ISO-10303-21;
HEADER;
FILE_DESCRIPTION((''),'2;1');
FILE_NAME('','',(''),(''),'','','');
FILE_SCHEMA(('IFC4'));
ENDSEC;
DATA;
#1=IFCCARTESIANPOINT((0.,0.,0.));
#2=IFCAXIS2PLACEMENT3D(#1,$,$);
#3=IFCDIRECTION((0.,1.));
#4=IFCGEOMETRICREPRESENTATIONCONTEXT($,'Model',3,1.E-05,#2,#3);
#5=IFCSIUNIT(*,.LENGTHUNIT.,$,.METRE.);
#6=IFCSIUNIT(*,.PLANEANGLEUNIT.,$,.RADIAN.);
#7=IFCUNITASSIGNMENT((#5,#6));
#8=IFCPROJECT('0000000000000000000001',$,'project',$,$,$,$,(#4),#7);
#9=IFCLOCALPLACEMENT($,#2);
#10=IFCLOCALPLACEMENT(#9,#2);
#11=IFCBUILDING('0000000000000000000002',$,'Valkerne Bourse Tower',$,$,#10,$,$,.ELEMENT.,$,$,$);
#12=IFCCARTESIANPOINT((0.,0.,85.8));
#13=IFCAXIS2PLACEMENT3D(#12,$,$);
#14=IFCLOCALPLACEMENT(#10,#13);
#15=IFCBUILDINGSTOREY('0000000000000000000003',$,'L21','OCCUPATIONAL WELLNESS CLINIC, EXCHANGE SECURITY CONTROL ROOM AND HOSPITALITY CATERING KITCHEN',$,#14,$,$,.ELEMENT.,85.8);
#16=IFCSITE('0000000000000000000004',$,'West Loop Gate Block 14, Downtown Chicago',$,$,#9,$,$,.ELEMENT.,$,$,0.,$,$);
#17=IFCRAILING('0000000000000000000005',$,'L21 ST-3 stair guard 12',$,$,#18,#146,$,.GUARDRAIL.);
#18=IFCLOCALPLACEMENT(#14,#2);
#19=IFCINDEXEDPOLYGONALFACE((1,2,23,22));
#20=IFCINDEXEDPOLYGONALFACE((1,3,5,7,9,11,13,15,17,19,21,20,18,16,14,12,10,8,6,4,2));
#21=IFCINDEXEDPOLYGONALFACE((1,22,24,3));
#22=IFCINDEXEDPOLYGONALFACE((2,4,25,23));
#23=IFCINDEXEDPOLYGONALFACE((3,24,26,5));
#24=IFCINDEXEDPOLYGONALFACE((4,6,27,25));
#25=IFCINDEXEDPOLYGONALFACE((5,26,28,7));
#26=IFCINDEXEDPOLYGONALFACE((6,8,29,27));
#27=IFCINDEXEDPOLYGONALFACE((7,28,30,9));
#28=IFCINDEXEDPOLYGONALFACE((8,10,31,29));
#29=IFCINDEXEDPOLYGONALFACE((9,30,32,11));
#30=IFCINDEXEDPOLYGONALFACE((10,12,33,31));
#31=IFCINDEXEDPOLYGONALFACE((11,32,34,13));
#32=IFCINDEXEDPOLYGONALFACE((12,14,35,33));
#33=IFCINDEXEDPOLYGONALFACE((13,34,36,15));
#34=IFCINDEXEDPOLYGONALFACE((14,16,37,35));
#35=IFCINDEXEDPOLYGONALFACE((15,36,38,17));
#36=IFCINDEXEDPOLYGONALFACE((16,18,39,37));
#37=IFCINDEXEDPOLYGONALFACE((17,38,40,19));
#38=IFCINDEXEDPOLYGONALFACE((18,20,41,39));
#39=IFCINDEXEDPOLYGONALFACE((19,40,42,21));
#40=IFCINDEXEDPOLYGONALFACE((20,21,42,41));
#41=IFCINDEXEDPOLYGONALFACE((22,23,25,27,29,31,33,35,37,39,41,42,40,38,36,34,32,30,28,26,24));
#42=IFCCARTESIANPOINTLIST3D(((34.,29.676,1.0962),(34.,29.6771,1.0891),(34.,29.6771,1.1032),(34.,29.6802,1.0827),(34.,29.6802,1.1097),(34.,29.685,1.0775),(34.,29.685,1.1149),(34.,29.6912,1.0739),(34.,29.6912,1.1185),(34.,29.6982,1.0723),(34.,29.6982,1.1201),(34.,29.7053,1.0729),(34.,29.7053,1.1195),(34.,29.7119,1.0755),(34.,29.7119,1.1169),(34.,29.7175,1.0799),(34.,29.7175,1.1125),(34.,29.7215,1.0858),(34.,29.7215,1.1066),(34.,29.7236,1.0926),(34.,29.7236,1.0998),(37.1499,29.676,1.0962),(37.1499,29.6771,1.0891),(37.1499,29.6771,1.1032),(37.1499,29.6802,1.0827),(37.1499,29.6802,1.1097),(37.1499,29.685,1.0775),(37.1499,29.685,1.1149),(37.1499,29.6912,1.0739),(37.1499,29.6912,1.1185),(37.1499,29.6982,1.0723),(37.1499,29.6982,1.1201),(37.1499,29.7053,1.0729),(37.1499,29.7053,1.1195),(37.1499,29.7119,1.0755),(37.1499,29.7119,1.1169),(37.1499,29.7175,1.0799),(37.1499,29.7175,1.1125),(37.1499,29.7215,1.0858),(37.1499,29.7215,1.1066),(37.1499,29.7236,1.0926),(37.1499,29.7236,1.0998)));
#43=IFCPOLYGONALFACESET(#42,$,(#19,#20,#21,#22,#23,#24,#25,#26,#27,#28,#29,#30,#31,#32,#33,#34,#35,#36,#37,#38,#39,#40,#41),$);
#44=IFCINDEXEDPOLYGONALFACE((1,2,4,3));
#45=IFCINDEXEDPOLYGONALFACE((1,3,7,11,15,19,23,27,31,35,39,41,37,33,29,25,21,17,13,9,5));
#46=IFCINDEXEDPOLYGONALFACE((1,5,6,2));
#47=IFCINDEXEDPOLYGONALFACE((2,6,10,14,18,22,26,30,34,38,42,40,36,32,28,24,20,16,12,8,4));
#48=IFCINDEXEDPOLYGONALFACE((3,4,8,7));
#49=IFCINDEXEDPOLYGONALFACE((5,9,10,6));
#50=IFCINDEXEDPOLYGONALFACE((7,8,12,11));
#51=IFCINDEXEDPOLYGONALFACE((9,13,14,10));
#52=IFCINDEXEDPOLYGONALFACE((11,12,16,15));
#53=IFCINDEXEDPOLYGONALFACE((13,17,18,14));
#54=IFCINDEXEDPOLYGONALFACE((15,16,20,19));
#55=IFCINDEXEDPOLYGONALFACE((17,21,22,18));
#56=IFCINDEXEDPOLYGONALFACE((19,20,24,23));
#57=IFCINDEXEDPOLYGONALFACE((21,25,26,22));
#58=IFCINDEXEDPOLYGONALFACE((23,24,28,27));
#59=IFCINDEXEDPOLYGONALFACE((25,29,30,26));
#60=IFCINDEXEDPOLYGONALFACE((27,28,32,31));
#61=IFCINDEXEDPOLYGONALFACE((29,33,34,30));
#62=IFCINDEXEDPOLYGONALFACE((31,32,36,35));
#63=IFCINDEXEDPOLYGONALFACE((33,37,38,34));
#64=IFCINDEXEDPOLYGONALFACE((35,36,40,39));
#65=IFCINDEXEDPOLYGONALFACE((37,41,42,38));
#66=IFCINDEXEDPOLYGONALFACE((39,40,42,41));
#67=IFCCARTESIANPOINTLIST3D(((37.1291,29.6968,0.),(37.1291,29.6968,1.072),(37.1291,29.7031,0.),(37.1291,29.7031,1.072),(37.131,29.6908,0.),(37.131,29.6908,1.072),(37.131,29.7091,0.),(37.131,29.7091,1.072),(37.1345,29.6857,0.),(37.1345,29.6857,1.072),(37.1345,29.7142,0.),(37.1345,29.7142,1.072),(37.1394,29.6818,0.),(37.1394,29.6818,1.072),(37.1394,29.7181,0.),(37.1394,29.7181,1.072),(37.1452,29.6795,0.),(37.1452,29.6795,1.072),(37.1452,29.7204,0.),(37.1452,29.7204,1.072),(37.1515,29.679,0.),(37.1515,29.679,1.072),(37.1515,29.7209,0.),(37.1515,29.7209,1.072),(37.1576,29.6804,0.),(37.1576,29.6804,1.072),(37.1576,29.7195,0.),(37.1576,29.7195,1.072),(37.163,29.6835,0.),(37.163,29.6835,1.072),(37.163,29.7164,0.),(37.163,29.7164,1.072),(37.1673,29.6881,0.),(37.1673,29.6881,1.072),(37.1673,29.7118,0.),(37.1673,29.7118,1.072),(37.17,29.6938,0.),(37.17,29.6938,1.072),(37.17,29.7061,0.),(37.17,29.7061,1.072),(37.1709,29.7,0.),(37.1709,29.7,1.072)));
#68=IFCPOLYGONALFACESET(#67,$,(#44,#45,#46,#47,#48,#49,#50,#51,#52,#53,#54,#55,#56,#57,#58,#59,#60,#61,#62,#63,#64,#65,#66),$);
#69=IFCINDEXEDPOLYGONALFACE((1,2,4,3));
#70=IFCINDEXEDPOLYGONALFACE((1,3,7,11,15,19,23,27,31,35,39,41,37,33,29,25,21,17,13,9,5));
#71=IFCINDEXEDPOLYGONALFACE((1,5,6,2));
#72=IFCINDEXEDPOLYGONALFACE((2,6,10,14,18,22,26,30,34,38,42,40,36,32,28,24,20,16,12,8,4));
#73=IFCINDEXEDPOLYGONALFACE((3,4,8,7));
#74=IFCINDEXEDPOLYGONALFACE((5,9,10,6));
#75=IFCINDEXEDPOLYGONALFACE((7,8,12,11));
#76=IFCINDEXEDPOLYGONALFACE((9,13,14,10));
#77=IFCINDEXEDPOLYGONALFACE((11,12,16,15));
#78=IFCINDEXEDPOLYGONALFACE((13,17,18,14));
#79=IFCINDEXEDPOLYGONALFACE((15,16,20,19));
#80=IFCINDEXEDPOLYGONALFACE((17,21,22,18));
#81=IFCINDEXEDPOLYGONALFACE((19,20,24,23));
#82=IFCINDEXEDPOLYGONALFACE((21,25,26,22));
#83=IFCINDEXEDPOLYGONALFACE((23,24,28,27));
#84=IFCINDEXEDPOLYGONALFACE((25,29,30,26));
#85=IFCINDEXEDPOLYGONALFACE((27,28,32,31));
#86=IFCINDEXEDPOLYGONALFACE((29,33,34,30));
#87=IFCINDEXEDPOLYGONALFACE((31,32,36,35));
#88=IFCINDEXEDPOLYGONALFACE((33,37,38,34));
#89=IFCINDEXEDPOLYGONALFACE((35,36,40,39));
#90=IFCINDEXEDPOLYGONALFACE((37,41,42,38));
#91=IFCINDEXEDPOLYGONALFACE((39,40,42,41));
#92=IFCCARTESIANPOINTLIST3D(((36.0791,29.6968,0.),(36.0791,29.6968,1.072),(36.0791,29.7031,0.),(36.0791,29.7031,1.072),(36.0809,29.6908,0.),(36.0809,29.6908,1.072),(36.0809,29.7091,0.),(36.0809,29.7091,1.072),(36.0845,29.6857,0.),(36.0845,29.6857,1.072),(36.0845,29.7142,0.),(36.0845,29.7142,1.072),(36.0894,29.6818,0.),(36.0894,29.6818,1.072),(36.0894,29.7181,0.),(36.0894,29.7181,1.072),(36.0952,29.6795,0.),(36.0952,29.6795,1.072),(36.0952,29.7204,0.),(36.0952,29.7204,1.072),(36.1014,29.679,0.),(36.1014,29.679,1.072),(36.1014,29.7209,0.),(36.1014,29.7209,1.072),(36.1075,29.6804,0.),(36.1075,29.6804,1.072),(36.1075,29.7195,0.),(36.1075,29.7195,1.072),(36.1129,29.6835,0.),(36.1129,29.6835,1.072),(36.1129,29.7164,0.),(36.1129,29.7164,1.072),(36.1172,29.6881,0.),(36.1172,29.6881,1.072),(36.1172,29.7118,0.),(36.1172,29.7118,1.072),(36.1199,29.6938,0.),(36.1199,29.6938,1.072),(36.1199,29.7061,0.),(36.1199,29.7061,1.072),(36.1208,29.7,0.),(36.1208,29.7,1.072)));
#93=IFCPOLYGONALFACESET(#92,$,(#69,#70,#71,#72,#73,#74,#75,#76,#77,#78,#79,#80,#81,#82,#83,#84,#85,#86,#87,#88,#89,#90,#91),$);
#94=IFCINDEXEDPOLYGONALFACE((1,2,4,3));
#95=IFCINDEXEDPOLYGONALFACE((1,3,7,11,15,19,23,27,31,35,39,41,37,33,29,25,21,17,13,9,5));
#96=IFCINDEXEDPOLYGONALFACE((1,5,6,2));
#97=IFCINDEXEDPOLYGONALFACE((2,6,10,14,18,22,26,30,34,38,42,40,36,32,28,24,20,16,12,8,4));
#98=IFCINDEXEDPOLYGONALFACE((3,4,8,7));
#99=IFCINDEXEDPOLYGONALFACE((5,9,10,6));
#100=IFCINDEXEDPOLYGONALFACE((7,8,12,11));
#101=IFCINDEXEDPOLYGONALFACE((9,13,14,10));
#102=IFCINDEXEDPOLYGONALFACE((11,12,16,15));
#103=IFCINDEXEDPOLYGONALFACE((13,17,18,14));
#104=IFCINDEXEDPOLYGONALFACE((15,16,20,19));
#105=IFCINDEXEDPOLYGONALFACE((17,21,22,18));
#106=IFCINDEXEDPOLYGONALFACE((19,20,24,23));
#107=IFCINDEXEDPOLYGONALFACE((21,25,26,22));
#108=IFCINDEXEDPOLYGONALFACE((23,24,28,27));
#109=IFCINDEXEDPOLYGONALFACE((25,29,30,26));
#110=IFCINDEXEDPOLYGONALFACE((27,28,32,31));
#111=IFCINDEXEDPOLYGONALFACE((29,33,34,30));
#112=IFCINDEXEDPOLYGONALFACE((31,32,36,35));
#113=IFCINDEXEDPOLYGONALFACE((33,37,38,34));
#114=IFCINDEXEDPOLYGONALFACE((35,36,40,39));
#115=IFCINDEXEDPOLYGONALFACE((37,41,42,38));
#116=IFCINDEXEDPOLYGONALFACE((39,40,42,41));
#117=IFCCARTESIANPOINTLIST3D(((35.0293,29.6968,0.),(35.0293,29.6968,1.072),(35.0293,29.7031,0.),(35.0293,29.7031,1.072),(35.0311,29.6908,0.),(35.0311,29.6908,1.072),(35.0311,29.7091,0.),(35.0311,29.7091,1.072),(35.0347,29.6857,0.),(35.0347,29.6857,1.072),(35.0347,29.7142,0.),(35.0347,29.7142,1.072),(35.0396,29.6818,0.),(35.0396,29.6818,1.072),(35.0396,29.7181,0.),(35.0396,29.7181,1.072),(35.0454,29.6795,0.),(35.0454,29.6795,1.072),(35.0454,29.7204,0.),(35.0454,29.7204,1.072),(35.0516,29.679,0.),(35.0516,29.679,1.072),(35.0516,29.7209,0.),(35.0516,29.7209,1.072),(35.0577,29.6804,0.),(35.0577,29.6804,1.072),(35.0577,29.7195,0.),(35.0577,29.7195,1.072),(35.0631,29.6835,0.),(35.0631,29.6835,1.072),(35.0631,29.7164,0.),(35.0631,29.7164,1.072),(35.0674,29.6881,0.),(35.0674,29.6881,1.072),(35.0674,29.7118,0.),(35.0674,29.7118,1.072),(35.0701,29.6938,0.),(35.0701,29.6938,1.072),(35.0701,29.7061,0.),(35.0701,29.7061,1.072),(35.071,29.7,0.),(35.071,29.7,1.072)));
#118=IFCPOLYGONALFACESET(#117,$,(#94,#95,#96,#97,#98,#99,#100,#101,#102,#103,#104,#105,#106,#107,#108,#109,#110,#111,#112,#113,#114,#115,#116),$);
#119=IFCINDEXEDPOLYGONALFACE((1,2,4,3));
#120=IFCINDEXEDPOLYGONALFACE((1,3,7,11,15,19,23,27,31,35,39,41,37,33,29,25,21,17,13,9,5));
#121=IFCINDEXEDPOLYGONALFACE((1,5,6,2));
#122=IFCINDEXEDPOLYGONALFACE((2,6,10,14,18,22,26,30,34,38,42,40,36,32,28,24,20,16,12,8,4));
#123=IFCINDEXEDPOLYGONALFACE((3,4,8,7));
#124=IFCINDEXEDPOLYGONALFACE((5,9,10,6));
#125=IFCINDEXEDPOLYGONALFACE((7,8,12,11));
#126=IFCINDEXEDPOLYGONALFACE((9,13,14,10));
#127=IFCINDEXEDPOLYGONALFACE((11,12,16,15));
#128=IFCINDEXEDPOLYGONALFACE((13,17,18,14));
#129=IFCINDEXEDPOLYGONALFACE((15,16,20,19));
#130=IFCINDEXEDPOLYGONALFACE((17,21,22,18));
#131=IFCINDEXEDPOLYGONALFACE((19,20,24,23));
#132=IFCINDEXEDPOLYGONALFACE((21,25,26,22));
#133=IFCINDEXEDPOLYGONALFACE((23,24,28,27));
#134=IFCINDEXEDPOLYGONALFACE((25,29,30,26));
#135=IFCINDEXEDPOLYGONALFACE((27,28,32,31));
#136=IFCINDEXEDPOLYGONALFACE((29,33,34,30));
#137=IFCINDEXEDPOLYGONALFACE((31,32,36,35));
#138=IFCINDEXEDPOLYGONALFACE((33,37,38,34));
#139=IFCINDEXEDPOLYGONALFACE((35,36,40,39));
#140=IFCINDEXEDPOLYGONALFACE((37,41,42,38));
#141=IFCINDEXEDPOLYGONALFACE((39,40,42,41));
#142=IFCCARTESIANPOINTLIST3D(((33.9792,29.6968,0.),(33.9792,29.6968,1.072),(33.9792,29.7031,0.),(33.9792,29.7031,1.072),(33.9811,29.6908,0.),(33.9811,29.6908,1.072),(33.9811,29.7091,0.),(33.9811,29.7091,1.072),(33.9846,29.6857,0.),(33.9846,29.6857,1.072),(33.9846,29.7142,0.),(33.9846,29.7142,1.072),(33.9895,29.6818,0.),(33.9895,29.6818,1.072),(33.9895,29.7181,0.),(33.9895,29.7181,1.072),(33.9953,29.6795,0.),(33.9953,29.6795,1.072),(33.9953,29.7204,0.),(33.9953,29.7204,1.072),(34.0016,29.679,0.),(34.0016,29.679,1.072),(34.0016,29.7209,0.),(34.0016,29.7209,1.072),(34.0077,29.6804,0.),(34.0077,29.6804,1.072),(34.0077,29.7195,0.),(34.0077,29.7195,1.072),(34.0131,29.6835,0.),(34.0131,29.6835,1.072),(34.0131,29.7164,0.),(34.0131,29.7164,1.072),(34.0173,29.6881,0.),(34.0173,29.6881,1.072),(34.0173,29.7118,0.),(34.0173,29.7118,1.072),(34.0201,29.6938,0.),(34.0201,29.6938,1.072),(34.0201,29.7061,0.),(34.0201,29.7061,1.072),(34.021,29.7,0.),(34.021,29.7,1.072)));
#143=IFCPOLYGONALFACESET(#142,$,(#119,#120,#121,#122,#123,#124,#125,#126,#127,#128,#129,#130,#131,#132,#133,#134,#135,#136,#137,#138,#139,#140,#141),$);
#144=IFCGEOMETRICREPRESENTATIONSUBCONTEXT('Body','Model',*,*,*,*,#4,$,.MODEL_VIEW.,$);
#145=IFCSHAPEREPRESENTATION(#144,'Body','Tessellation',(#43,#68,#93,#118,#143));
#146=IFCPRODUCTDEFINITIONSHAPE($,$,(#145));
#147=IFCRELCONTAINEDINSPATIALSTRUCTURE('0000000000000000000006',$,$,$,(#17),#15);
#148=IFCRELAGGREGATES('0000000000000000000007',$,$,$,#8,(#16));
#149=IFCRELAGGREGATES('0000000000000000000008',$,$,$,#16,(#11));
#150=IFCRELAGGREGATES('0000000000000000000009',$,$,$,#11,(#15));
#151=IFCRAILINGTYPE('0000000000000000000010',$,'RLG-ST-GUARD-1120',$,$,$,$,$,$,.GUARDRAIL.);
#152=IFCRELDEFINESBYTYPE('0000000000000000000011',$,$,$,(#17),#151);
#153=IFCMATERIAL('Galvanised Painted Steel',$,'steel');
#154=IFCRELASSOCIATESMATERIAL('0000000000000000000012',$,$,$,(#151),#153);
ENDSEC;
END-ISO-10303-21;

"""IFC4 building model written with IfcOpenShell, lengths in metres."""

from ifc_helpers import new_model, si_unit, direction, frame, origin, origin_2d, place, context, subcontext, project, spatial, circle, extrude, material, type_object, element, save


model = new_model("IFC4")

# Units and contexts
model_context = context("Model", 3, precision=1e-05, world=origin(), true_north=direction((0.0, 1.0)))
body_context = subcontext(model_context, "Body", "Model", "MODEL_VIEW")
ifc_project = project(units=[si_unit("LENGTHUNIT", "METRE"), si_unit("PLANEANGLEUNIT", "RADIAN")], contexts=[model_context])

# Site, building, storey
site_placement = place(None, origin())
site = spatial("IfcSite", under=ifc_project, at=site_placement, Name="West Loop Gate Block 14, Downtown Chicago", CompositionType="ELEMENT", RefElevation=0.0)
building_placement = place(site_placement, origin())
building = spatial("IfcBuilding", under=site, at=building_placement, Name="Valkerne Bourse Tower", CompositionType="ELEMENT")
storey_placement = place(building_placement, frame((0.0, 0.0, 85.8)))
storey = spatial("IfcBuildingStorey", under=building, at=storey_placement, Name="L21", Description="OCCUPATIONAL WELLNESS CLINIC, EXCHANGE SECURITY CONTROL ROOM AND HOSPITALITY CATERING KITCHEN", CompositionType="ELEMENT", Elevation=85.8)

# Railing
ifc_material_1 = material(Name="Galvanised Painted Steel", Category="steel")
railing_type_1 = type_object("IfcRailingType", Name="RLG-ST-GUARD-1120", PredefinedType="GUARDRAIL", material=ifc_material_1)
railing_1_placement = place(storey_placement, frame((37.1499, 29.7, 0.0)))
element("IfcRailing", 1, at=railing_1_placement, inside=storey, type_object=railing_type_1, Name="L21 ST-3 stair guard 12", PredefinedType="GUARDRAIL", context=body_context, shape_type="SweptSolid", body=[
    extrude(circle(Radius=0.0239, at=origin_2d()), frame((0.0, 0.0, 1.0962), z_axis=(-1.0, 0.0, 0.0), x_axis=(0.0, -1.0, 0.0)), (0.0, 0.0, 1.0), 3.1499),
    extrude(circle(Radius=0.021, at=origin_2d()), origin(), (0.0, 0.0, 1.0), 1.072),
    extrude(circle(Radius=0.021, at=origin_2d()), frame((-1.05, 0.0, 0.0)), (0.0, 0.0, 1.0), 1.072),
    extrude(circle(Radius=0.021, at=origin_2d()), frame((-2.0999, 0.0, 0.0)), (0.0, 0.0, 1.0), 1.072),
    extrude(circle(Radius=0.021, at=origin_2d()), frame((-3.1499, 0.0, 0.0)), (0.0, 0.0, 1.0), 1.072),
])

save(model, "model.ifc")
